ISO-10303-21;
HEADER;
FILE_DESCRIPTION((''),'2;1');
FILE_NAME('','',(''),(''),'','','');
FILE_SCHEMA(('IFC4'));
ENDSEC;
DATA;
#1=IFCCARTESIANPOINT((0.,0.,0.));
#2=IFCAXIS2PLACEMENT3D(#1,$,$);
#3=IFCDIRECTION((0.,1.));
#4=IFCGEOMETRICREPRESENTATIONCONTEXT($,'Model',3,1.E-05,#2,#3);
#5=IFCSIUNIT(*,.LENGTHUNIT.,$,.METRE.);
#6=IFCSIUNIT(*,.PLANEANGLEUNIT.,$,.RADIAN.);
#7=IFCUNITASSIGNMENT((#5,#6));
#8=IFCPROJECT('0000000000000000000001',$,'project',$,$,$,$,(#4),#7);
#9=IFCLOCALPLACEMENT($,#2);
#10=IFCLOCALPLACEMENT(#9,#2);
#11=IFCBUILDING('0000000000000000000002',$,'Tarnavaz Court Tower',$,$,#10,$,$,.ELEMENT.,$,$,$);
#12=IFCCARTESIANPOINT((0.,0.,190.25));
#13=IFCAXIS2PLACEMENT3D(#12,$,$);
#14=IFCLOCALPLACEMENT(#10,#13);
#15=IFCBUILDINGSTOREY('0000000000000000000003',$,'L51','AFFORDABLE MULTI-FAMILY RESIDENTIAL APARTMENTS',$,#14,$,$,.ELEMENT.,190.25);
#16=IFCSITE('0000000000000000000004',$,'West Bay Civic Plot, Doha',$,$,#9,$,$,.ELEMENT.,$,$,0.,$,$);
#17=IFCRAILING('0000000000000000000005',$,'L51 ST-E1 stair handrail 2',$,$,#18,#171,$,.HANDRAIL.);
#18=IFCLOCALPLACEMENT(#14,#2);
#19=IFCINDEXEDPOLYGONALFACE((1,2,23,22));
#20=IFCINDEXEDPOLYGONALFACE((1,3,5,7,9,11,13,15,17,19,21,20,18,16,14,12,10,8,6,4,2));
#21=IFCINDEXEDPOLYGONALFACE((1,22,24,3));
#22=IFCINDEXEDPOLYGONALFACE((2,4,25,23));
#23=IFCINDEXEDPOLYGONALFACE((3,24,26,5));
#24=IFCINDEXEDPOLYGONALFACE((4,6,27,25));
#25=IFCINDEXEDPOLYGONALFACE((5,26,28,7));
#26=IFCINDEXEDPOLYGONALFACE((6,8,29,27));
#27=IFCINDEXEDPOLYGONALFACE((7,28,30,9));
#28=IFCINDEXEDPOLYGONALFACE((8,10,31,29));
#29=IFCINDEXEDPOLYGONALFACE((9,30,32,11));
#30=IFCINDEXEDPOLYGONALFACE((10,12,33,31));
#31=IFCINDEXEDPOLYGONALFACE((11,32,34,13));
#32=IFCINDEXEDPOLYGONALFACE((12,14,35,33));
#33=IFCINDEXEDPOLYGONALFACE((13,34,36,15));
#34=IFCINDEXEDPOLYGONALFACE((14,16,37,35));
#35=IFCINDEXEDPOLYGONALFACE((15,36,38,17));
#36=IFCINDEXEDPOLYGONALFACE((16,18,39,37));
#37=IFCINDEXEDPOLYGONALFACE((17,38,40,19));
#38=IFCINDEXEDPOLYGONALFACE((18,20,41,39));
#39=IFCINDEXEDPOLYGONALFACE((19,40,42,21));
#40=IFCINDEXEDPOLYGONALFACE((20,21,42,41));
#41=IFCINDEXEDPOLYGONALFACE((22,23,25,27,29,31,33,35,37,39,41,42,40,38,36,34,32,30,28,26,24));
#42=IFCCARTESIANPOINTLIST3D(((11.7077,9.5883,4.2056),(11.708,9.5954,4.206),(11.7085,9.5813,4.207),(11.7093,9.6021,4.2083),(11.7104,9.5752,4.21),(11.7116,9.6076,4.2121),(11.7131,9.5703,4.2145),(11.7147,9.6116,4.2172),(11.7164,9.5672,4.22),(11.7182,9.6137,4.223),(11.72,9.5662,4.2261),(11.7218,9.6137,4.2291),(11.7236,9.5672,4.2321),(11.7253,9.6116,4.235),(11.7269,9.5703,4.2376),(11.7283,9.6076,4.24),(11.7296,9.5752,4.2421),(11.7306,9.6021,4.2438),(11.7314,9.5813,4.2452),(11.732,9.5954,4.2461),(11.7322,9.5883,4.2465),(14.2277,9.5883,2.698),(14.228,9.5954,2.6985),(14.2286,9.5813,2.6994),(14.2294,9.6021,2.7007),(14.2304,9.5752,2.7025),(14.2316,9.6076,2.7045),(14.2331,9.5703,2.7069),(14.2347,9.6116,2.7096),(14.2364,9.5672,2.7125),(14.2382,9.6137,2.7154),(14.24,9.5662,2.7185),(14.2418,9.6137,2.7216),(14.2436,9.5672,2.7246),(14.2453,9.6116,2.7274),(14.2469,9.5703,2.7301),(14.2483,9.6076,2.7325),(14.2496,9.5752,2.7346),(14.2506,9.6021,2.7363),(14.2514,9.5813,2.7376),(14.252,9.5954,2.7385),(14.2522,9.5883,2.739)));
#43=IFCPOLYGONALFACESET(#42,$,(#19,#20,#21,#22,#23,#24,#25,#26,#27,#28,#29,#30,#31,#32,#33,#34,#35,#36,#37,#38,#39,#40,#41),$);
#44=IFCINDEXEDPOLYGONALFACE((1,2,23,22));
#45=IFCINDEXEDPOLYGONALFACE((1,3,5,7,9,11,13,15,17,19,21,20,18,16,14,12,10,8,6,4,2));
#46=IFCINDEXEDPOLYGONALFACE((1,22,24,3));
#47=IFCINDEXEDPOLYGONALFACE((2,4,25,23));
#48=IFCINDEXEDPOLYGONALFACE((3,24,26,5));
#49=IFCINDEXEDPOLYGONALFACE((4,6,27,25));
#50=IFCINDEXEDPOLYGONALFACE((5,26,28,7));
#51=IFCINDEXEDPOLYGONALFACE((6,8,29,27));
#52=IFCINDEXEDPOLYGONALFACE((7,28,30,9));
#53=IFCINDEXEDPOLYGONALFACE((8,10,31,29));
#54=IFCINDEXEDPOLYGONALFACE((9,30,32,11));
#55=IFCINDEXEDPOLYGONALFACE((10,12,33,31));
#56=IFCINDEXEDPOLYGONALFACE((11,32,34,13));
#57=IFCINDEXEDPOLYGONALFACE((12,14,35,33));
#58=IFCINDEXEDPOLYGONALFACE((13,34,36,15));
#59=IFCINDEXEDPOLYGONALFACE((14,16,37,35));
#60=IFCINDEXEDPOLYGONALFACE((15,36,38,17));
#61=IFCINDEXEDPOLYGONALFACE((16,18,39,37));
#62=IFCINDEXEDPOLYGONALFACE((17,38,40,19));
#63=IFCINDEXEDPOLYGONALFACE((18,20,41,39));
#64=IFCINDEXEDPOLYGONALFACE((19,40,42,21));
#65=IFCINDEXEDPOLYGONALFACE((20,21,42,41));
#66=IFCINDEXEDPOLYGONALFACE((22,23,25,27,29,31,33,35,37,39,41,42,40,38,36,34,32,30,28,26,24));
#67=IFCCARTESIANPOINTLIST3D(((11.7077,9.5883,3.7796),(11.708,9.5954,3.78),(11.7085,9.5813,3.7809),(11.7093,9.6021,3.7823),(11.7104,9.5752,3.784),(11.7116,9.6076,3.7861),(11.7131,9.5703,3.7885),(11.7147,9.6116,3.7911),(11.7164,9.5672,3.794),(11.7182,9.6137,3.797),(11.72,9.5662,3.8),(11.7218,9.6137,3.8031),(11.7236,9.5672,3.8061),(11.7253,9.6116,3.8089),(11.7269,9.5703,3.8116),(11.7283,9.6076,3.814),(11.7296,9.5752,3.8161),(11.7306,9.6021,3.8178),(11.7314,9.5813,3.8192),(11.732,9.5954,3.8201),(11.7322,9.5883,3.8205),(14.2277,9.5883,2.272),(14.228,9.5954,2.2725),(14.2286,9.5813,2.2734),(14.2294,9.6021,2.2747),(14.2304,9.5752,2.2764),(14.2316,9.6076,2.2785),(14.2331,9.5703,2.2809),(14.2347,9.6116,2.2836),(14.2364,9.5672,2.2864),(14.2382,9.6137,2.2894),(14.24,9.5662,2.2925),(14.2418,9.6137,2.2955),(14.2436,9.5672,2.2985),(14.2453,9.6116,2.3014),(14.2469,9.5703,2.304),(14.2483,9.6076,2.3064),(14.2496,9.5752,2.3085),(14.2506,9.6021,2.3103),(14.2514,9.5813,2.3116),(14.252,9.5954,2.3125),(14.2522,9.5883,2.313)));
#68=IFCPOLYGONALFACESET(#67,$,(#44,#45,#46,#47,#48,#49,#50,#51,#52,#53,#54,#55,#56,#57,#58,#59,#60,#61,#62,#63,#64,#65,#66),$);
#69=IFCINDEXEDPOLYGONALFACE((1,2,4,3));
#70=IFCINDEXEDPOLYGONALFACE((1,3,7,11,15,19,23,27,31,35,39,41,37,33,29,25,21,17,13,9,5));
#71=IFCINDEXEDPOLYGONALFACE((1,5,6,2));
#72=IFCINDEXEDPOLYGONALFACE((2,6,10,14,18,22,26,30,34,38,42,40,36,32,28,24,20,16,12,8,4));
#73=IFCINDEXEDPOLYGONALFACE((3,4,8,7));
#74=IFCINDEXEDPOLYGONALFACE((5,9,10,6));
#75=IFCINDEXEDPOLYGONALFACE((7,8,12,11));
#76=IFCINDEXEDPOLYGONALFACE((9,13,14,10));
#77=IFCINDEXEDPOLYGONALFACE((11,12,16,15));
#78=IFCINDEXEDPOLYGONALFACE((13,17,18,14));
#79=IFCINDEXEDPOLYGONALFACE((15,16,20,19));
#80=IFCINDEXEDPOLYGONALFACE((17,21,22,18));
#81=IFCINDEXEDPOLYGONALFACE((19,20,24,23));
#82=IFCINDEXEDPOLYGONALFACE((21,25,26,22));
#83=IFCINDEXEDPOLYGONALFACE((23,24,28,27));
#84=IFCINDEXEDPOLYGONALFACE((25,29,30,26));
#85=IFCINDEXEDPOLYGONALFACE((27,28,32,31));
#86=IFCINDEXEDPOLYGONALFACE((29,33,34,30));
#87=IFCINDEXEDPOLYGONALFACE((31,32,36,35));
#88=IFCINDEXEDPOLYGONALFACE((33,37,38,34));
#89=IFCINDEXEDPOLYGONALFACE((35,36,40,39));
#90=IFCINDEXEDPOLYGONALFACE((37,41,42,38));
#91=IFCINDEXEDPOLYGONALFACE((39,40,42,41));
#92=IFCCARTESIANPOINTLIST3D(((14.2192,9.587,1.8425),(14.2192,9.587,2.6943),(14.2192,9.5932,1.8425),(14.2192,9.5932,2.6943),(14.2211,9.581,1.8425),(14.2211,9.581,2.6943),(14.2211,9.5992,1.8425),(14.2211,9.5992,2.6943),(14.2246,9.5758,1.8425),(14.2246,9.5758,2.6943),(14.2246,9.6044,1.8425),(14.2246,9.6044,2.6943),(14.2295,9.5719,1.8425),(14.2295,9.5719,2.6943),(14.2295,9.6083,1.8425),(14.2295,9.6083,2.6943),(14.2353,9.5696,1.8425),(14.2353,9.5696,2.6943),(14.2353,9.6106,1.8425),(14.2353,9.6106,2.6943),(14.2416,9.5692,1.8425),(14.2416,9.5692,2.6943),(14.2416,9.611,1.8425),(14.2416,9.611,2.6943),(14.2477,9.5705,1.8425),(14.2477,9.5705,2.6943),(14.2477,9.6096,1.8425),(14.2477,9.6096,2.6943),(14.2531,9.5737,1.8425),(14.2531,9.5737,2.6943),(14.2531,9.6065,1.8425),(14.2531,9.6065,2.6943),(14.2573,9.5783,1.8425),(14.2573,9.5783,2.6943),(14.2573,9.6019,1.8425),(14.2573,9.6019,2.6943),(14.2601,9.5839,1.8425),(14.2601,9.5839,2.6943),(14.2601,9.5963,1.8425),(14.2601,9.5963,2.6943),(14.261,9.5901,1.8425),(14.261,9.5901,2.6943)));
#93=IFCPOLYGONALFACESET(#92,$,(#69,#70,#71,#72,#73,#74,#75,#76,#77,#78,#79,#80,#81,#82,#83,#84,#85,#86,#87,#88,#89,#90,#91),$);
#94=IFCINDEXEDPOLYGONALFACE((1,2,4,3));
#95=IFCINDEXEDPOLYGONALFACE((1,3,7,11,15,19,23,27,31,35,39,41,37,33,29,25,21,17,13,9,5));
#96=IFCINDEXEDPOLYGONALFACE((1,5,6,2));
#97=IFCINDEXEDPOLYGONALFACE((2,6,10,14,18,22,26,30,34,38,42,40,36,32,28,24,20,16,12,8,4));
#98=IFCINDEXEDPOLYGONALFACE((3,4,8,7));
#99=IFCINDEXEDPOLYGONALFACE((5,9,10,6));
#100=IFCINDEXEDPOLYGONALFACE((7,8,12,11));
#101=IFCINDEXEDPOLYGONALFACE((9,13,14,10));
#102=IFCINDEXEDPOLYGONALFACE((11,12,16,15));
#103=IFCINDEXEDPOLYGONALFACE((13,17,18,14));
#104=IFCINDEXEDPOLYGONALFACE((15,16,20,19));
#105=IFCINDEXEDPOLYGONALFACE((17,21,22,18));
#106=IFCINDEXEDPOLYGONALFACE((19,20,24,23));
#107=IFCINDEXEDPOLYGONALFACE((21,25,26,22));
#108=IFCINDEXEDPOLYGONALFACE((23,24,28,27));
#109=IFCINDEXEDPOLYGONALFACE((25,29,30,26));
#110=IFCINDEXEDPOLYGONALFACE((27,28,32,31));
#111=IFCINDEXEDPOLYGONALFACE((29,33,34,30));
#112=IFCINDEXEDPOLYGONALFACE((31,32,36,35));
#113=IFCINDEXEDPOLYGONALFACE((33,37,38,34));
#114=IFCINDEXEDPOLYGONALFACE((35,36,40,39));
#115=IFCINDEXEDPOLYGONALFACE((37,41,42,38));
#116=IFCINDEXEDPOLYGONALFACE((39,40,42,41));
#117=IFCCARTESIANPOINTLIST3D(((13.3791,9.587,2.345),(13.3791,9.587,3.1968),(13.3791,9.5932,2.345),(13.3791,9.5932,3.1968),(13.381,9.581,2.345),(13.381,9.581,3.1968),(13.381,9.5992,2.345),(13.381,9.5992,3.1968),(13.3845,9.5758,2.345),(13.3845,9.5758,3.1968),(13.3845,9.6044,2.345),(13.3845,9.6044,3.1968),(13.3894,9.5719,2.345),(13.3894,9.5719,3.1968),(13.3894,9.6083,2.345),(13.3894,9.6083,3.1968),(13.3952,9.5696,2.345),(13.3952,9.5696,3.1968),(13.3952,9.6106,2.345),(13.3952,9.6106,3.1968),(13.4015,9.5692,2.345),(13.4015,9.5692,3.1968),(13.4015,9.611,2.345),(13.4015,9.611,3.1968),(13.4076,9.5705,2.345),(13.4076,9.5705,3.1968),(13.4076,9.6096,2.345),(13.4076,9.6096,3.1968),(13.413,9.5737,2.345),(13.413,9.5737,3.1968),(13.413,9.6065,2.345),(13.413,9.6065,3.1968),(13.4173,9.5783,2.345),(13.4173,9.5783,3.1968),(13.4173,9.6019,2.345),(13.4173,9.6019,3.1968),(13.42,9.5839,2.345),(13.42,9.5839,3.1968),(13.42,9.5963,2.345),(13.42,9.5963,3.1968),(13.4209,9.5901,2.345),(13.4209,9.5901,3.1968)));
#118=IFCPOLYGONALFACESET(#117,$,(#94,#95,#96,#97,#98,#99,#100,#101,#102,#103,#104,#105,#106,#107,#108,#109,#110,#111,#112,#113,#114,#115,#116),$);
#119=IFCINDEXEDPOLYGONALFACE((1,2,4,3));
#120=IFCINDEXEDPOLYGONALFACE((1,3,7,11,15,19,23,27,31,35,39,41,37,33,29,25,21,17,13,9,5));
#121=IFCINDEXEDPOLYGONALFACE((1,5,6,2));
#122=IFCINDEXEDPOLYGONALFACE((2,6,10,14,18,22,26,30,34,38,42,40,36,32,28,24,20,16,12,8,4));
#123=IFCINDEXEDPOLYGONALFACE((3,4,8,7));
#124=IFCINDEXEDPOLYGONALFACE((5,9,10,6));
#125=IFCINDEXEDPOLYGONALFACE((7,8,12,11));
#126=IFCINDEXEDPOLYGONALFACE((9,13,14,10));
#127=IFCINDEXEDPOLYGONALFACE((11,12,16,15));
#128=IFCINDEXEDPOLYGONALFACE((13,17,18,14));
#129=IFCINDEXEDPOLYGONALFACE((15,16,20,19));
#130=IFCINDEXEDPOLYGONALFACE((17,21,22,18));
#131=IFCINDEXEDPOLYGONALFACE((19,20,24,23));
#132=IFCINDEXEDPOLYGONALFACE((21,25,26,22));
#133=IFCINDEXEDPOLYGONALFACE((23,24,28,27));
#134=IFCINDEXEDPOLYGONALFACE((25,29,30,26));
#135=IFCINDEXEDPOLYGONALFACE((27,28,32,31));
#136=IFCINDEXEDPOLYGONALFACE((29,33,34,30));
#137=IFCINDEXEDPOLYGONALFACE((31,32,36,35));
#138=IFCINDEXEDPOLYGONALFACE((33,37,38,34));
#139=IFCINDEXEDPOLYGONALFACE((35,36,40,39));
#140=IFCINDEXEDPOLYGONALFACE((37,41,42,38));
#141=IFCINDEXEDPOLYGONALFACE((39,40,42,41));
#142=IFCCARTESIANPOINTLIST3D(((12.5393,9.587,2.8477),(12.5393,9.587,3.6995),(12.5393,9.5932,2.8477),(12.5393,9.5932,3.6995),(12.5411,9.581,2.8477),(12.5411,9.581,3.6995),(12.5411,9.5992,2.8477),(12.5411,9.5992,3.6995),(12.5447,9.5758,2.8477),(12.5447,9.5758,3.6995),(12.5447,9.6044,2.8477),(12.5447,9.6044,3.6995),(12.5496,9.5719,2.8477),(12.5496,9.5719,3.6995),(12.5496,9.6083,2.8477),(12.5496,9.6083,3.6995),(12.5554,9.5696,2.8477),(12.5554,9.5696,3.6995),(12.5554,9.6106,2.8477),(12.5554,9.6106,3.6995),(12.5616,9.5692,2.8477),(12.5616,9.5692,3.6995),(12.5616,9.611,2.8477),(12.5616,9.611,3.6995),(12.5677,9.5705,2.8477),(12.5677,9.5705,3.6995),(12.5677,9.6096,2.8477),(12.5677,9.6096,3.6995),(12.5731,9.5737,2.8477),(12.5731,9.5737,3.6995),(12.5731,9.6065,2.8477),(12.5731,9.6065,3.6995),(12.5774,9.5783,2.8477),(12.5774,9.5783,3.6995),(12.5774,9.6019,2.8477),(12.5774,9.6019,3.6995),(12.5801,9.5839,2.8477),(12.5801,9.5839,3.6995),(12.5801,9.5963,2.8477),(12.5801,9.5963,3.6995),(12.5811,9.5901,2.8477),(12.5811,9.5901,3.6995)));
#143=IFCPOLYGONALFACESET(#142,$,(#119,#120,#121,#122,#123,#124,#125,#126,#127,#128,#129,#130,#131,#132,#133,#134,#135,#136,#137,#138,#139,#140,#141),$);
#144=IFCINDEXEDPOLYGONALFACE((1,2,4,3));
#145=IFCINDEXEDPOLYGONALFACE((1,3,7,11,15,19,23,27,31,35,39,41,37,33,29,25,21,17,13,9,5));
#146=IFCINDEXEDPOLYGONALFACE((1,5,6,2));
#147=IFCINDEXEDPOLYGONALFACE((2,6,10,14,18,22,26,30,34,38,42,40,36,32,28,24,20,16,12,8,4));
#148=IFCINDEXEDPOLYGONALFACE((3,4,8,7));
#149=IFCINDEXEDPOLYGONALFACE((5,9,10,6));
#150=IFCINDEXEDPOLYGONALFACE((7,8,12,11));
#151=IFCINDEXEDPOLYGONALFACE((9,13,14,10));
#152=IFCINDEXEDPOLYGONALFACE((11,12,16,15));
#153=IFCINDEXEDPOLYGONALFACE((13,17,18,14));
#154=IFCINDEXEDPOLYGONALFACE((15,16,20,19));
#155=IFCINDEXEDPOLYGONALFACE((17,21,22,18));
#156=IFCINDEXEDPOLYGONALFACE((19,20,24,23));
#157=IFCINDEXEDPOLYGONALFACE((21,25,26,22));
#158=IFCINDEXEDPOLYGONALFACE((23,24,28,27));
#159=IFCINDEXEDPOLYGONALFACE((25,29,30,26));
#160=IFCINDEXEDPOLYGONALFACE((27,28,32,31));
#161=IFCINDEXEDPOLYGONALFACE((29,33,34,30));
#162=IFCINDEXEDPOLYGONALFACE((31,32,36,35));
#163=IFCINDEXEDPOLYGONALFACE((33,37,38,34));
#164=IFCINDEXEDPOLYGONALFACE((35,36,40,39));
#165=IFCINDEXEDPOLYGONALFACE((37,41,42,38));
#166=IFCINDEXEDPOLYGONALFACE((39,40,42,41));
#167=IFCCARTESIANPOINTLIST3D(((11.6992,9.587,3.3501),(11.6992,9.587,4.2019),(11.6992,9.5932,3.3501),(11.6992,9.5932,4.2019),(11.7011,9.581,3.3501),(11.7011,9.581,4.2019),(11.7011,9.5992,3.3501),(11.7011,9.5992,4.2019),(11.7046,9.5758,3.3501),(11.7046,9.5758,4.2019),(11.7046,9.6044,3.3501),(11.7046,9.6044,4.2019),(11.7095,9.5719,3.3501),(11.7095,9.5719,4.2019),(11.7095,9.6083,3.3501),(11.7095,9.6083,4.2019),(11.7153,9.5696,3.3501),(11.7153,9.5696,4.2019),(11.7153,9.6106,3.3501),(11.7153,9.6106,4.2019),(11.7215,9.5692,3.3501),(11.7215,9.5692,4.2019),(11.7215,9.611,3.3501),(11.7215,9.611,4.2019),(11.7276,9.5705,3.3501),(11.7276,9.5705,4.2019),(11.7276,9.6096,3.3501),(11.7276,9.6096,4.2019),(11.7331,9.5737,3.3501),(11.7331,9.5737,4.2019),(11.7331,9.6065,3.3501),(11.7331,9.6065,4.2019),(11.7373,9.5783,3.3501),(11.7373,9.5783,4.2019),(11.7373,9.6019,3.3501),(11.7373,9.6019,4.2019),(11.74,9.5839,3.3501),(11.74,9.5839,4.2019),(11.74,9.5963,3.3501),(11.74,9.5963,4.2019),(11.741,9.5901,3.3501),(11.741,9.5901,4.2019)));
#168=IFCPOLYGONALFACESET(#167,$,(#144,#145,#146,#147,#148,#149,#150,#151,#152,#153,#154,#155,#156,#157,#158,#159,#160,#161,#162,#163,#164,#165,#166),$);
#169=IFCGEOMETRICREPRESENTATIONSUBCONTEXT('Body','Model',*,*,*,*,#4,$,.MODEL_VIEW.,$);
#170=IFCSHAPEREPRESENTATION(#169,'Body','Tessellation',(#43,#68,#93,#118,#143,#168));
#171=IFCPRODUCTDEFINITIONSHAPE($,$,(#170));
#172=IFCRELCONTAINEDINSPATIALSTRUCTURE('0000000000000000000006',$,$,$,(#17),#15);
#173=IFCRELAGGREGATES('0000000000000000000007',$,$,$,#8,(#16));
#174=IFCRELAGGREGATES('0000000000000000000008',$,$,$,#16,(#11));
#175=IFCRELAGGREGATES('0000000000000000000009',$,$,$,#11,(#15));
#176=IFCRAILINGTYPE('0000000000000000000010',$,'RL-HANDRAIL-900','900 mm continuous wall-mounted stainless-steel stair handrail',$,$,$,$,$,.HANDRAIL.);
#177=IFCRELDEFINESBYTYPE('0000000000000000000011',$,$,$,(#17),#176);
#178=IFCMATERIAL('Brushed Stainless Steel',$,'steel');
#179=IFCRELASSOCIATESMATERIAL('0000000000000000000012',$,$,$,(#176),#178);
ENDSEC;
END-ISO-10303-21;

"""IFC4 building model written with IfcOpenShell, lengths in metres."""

from ifc_helpers import new_model, si_unit, direction, frame, origin, origin_2d, place, context, subcontext, project, spatial, circle, extrude, material, type_object, element, save


model = new_model("IFC4")

# Units and contexts
model_context = context("Model", 3, precision=1e-05, world=origin(), true_north=direction((0.0, 1.0)))
body_context = subcontext(model_context, "Body", "Model", "MODEL_VIEW")
ifc_project = project(units=[si_unit("LENGTHUNIT", "METRE"), si_unit("PLANEANGLEUNIT", "RADIAN")], contexts=[model_context])

# Site, building, storey
site_placement = place(None, origin())
site = spatial("IfcSite", under=ifc_project, at=site_placement, Name="West Bay Civic Plot, Doha", CompositionType="ELEMENT", RefElevation=0.0)
building_placement = place(site_placement, origin())
building = spatial("IfcBuilding", under=site, at=building_placement, Name="Tarnavaz Court Tower", CompositionType="ELEMENT")
storey_placement = place(building_placement, frame((0.0, 0.0, 190.25)))
storey = spatial("IfcBuildingStorey", under=building, at=storey_placement, Name="L51", Description="AFFORDABLE MULTI-FAMILY RESIDENTIAL APARTMENTS", CompositionType="ELEMENT", Elevation=190.25)

# Railing
ifc_material_1 = material(Name="Brushed Stainless Steel", Category="steel")
railing_type_1 = type_object("IfcRailingType", Name="RL-HANDRAIL-900", Description="900 mm continuous wall-mounted stainless-steel stair handrail", PredefinedType="HANDRAIL", material=ifc_material_1)
railing_1_placement = place(storey_placement, frame((14.24, 9.5901, 1.8425)))
element("IfcRailing", 1, at=railing_1_placement, inside=storey, type_object=railing_type_1, Name="L51 ST-E1 stair handrail 2", PredefinedType="HANDRAIL", context=body_context, shape_type="SweptSolid", body=[
    extrude(circle(Radius=0.0239, at=origin_2d()), frame((0.0, 0.0, 0.876), z_axis=(-0.85816, 0.0, 0.513383), x_axis=(0.0, -1.0, 0.0)), (0.0, 0.0, 1.0), 2.9365),
    extrude(circle(Radius=0.0239, at=origin_2d()), frame((0.0, 0.0, 0.45), z_axis=(-0.85816, 0.0, 0.513383), x_axis=(0.0, -1.0, 0.0)), (0.0, 0.0, 1.0), 2.9365),
    extrude(circle(Radius=0.021, at=origin_2d()), origin(), (0.0, 0.0, 1.0), 0.8518),
    extrude(circle(Radius=0.021, at=origin_2d()), frame((-0.8401, 0.0, 0.5024)), (0.0, 0.0, 1.0), 0.8518),
    extrude(circle(Radius=0.021, at=origin_2d()), frame((-1.6799, 0.0, 1.0051)), (0.0, 0.0, 1.0), 0.8518),
    extrude(circle(Radius=0.021, at=origin_2d()), frame((-2.52, 0.0, 1.5076)), (0.0, 0.0, 1.0), 0.8518),
])

save(model, "model.ifc")
